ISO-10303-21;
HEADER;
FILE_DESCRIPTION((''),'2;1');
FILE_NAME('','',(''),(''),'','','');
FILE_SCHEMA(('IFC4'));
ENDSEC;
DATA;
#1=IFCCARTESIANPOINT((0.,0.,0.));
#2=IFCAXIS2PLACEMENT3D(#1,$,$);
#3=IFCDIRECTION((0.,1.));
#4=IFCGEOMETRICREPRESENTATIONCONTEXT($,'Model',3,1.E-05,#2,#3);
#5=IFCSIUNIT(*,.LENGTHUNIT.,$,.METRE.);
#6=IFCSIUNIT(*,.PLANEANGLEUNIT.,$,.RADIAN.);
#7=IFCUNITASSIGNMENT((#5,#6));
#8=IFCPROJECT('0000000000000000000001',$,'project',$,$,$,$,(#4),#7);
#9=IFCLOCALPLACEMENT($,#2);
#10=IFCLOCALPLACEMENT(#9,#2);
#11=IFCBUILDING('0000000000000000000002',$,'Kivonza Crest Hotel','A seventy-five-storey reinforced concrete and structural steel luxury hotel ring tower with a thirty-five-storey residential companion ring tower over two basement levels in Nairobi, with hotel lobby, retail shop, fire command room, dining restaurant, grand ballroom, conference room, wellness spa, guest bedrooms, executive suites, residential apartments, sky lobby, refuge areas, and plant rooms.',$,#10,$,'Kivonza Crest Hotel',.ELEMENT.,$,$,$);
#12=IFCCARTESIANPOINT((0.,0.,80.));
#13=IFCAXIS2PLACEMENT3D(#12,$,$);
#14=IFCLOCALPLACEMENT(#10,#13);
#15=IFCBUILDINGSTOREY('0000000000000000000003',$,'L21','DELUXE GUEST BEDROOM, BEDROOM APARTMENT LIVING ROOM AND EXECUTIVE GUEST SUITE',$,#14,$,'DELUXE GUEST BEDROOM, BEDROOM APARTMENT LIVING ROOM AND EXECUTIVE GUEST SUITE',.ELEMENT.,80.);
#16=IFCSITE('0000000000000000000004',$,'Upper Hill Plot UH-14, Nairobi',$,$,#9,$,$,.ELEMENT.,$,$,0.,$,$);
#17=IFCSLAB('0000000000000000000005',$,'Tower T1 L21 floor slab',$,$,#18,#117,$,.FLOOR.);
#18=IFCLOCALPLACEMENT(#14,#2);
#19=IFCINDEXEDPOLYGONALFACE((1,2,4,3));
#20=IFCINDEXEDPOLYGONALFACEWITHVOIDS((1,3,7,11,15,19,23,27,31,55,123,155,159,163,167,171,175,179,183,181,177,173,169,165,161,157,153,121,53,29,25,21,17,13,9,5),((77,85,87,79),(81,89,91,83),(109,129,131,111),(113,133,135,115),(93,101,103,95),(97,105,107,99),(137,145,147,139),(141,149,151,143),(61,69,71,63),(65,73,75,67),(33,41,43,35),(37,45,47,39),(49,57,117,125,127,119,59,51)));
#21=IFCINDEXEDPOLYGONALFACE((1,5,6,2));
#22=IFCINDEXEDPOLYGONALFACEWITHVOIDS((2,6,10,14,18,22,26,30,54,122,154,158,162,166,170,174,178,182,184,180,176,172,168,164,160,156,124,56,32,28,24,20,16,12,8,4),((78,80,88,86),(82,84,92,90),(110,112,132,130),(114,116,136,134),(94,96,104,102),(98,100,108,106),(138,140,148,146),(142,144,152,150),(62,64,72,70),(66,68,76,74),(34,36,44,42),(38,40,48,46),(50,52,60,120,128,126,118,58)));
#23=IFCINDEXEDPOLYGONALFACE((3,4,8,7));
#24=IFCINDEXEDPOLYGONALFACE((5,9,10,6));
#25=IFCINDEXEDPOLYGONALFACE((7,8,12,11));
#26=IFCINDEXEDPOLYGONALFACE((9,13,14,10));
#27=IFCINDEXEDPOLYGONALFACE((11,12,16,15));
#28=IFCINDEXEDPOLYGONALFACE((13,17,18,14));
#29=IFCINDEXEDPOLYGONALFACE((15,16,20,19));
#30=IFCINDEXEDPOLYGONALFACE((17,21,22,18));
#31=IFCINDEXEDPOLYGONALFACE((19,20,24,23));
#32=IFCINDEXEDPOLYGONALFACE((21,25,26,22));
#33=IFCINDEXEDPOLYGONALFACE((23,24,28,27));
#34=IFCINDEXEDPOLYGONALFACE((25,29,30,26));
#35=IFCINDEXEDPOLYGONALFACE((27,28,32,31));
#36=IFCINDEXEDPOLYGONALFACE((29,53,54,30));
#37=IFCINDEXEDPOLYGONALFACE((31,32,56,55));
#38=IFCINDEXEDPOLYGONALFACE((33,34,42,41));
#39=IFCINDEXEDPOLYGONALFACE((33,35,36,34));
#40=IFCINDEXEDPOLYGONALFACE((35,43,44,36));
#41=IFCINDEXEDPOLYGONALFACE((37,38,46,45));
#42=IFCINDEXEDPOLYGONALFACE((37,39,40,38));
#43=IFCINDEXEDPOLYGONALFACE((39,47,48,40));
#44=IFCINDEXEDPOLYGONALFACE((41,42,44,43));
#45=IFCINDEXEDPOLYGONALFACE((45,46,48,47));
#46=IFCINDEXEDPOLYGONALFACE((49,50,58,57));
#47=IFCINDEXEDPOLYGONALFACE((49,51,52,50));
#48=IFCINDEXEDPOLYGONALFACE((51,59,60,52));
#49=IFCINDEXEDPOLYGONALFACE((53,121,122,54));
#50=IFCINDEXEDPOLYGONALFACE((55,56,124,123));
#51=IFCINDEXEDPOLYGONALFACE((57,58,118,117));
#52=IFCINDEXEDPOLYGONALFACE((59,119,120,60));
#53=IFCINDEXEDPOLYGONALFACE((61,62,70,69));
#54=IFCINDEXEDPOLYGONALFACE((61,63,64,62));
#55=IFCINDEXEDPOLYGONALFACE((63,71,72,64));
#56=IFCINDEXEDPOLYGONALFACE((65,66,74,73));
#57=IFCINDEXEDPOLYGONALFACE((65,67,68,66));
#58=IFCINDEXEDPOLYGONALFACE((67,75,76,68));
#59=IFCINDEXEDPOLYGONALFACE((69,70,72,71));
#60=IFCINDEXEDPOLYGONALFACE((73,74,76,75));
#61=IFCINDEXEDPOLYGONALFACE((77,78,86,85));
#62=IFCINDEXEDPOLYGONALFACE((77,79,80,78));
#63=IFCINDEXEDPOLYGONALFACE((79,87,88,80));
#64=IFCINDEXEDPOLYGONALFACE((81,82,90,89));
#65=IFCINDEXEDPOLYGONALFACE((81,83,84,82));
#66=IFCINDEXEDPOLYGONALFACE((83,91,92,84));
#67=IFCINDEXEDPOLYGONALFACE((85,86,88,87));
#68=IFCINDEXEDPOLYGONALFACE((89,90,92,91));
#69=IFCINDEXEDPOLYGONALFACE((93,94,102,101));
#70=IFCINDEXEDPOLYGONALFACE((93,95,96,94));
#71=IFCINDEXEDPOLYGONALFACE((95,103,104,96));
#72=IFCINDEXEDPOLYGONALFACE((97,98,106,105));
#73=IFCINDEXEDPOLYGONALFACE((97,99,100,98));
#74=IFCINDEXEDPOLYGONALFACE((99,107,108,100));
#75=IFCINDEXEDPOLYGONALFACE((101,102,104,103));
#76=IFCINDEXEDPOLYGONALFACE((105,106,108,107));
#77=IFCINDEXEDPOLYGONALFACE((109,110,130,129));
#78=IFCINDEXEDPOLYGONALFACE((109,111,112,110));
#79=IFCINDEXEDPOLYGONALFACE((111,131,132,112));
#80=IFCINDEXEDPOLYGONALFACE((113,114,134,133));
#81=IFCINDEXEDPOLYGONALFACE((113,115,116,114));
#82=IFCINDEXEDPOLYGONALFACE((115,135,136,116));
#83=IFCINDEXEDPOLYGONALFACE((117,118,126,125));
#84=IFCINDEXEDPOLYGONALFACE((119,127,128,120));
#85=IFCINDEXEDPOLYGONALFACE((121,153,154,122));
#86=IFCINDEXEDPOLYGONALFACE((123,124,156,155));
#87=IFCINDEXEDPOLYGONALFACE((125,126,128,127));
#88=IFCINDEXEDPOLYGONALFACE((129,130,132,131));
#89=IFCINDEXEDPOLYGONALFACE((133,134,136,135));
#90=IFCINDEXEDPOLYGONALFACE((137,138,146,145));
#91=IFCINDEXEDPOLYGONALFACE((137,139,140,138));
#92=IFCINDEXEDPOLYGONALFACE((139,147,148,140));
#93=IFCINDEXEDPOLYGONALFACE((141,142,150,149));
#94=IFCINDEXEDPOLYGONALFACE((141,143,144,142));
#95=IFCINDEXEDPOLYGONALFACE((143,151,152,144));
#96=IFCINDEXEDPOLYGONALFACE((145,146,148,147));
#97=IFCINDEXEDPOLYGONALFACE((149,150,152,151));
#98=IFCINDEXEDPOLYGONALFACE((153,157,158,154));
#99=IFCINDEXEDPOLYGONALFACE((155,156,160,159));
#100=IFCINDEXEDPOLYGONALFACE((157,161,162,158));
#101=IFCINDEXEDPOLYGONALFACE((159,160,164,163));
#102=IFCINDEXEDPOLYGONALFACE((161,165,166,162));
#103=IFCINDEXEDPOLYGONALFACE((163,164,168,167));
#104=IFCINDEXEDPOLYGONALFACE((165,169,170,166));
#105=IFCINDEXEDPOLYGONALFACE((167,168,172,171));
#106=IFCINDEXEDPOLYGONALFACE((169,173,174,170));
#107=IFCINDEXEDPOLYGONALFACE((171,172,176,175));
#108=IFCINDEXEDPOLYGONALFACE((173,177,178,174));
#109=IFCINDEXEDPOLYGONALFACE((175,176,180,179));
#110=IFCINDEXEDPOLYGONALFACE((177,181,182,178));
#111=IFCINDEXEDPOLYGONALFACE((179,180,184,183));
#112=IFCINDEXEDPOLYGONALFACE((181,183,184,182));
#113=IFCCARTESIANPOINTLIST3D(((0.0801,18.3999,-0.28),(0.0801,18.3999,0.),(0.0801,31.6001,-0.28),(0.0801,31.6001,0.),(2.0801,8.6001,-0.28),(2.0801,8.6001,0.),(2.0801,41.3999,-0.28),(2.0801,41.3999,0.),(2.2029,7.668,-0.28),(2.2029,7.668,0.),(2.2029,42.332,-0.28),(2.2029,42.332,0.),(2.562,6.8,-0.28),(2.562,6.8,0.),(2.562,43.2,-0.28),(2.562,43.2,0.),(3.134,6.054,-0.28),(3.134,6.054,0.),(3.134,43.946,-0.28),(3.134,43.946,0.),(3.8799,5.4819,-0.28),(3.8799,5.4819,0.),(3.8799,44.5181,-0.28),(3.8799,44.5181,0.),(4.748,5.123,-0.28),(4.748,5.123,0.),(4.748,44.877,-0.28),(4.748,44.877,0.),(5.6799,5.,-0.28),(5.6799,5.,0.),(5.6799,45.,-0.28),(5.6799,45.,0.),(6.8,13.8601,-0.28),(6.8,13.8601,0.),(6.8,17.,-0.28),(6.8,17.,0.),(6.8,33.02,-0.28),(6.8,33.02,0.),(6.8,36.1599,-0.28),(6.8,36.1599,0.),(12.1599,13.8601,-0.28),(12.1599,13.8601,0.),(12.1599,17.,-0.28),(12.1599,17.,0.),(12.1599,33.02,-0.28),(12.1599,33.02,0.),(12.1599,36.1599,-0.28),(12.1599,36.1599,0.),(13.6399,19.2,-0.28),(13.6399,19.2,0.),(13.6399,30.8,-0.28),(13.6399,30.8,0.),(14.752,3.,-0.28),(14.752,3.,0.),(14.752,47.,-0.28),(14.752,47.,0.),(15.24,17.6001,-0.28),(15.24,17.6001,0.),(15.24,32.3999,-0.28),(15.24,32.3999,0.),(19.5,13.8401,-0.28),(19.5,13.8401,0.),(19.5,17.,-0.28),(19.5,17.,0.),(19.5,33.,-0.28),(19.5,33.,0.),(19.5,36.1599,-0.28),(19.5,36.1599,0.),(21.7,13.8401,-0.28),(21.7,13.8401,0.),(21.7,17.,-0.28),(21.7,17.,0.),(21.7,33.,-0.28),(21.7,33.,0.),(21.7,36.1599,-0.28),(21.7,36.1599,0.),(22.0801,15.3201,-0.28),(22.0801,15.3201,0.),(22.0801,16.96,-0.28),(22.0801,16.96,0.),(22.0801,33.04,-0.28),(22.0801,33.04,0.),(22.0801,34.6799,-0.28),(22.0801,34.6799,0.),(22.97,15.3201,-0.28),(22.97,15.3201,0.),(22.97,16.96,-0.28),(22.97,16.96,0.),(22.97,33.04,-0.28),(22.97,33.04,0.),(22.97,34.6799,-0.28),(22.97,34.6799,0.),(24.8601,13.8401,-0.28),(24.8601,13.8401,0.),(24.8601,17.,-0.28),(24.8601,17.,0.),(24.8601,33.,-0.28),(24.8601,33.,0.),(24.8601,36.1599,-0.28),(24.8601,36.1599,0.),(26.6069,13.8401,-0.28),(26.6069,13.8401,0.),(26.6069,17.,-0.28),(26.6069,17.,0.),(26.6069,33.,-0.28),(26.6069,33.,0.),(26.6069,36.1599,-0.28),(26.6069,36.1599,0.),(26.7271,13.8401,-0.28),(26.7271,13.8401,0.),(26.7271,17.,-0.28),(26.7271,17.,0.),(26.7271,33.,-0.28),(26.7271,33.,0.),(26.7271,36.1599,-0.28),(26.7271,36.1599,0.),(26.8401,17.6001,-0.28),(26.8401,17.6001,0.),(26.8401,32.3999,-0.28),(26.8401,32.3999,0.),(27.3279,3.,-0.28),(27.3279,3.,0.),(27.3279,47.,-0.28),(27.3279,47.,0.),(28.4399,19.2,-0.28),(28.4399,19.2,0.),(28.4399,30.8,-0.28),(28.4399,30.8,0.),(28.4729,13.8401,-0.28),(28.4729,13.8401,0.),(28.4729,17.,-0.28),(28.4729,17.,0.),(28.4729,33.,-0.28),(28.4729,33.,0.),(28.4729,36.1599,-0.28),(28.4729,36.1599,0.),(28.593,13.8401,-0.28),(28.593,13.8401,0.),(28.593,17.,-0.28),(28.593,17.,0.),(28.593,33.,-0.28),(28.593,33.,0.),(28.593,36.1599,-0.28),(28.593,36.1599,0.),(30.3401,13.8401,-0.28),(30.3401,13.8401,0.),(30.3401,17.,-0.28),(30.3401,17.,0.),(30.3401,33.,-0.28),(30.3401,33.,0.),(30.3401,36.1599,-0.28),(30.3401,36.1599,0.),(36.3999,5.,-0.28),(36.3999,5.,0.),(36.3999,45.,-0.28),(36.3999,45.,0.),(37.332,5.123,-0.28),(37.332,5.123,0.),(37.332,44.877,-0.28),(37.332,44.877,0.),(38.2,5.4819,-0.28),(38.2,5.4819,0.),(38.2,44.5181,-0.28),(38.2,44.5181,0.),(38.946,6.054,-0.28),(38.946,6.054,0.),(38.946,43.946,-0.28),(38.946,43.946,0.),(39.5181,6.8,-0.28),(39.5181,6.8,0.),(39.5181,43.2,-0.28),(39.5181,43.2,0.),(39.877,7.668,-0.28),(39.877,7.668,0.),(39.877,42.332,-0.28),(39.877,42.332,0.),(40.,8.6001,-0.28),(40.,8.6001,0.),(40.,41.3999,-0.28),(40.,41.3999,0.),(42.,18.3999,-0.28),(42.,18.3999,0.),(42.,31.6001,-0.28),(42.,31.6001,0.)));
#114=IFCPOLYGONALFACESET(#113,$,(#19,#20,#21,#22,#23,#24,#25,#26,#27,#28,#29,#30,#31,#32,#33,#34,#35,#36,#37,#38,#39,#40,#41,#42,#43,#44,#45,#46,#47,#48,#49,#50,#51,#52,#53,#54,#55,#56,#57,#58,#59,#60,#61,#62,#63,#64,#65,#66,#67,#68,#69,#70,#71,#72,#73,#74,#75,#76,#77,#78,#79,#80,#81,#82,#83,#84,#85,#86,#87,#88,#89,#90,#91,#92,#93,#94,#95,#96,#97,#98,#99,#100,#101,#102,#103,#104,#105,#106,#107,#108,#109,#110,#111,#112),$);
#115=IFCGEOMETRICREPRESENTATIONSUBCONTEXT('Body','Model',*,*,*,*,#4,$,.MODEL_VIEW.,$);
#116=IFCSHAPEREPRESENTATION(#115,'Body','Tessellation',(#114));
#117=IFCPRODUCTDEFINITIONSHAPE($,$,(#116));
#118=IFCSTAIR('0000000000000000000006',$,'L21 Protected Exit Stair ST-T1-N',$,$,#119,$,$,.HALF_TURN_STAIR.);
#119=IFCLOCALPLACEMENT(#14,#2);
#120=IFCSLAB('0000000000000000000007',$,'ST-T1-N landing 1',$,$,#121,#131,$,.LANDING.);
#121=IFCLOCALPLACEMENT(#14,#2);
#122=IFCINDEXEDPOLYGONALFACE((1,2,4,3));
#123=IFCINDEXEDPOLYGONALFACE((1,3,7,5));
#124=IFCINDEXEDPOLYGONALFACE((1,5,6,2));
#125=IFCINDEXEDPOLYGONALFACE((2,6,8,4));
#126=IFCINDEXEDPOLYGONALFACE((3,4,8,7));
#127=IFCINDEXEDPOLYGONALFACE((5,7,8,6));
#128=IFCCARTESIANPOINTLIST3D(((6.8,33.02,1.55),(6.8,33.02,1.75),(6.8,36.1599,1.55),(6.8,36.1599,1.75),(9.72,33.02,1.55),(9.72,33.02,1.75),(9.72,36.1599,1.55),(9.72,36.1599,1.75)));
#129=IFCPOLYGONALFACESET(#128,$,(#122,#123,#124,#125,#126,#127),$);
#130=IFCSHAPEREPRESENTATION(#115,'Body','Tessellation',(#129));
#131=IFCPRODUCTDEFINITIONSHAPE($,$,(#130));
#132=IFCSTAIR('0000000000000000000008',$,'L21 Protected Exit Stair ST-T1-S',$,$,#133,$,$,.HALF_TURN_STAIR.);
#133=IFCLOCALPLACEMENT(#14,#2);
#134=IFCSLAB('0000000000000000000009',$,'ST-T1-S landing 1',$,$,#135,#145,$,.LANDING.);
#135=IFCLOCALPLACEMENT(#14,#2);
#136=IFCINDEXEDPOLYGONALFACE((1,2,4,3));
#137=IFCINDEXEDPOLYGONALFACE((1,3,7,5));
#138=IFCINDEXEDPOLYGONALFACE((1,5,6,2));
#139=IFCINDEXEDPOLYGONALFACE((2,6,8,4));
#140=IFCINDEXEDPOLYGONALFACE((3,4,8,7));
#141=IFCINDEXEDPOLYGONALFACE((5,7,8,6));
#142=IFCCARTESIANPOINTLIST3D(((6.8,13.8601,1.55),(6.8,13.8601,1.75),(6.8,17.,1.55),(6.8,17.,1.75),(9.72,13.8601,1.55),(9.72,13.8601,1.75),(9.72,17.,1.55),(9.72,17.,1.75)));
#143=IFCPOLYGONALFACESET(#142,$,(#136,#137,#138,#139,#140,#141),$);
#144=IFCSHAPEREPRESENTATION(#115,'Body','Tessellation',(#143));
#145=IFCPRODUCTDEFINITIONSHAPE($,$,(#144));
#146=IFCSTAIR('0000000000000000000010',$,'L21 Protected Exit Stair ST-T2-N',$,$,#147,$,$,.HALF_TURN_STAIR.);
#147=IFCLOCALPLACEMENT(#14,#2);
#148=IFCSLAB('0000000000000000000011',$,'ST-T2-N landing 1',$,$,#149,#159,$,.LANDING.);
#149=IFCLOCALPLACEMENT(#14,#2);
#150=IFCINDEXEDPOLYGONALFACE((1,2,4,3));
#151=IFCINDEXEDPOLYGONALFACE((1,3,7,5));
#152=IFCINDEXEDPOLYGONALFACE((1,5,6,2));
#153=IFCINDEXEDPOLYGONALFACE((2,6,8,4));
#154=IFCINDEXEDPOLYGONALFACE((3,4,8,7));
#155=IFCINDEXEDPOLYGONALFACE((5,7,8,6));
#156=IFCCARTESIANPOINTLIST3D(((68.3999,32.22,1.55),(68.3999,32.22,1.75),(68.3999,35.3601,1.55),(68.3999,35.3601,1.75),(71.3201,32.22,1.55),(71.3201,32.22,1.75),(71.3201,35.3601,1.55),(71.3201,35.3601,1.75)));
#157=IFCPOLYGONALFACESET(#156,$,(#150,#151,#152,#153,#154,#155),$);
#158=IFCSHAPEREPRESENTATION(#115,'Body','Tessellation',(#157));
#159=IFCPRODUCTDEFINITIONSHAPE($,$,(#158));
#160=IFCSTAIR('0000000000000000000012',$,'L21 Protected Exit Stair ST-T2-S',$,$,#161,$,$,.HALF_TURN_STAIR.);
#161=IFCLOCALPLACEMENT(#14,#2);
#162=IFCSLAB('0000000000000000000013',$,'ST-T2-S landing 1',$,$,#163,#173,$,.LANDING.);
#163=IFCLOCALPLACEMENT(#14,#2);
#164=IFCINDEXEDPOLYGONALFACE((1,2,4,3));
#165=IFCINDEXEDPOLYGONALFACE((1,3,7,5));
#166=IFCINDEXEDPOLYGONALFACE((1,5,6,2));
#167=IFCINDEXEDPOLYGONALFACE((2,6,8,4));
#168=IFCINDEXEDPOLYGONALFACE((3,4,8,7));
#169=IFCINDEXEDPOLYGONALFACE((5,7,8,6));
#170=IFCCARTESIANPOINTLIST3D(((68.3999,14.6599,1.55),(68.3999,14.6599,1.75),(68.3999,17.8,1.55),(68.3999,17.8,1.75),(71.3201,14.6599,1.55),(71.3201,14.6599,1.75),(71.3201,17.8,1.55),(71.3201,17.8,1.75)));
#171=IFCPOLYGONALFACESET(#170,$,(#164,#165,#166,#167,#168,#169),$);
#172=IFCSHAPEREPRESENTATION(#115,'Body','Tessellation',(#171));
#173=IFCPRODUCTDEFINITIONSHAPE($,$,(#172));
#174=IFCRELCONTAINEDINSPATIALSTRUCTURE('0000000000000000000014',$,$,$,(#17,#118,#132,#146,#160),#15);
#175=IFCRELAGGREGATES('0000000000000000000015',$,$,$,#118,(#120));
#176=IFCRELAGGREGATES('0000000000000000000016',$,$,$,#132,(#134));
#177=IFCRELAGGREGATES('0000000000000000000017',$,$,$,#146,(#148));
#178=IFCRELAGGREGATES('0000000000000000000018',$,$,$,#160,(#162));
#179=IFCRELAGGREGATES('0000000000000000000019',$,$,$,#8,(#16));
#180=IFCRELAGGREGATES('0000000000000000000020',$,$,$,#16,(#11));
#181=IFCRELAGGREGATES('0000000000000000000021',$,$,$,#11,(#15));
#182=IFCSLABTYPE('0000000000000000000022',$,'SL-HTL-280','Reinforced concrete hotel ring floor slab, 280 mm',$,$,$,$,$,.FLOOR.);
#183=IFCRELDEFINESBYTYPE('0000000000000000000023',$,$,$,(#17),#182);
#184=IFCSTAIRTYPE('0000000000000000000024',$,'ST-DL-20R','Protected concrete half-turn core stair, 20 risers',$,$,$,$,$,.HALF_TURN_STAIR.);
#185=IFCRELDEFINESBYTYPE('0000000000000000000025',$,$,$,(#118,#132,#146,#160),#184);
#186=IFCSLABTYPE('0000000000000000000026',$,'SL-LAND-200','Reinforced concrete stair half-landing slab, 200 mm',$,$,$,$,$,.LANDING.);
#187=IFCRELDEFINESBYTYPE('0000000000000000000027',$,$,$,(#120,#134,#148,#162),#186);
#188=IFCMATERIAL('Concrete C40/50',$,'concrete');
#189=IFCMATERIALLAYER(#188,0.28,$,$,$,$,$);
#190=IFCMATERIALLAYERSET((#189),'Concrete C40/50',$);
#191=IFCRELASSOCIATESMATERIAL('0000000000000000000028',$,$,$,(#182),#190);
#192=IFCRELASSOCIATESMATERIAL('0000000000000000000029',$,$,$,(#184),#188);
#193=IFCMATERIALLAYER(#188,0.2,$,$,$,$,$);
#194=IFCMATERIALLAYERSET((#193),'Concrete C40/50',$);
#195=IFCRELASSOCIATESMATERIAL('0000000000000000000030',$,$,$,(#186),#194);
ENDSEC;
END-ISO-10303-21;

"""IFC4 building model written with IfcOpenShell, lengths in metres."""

from ifc_helpers import new_model, si_unit, direction, frame, origin, place, context, subcontext, project, spatial, polyline, outline, extrude, material, layer, layer_set, type_object, element, aggregate, save


model = new_model("IFC4")

# Units and contexts
model_context = context("Model", 3, precision=1e-05, world=origin(), true_north=direction((0.0, 1.0)))
body_context = subcontext(model_context, "Body", "Model", "MODEL_VIEW")
ifc_project = project(units=[si_unit("LENGTHUNIT", "METRE"), si_unit("PLANEANGLEUNIT", "RADIAN")], contexts=[model_context])

# Site, building, storey
site_placement = place(None, origin())
site = spatial("IfcSite", under=ifc_project, at=site_placement, Name="Upper Hill Plot UH-14, Nairobi", CompositionType="ELEMENT", RefElevation=0.0)
building_placement = place(site_placement, origin())
building = spatial("IfcBuilding", under=site, at=building_placement, Name="Kivonza Crest Hotel", Description="A seventy-five-storey reinforced concrete and structural steel luxury hotel ring tower with a thirty-five-storey residential companion ring tower over two basement levels in Nairobi, with hotel lobby, retail shop, fire command room, dining restaurant, grand ballroom, conference room, wellness spa, guest bedrooms, executive suites, residential apartments, sky lobby, refuge areas, and plant rooms.", LongName="Kivonza Crest Hotel", CompositionType="ELEMENT")
storey_placement = place(building_placement, frame((0.0, 0.0, 80.0)))
storey = spatial("IfcBuildingStorey", under=building, at=storey_placement, Name="L21", Description="DELUXE GUEST BEDROOM, BEDROOM APARTMENT LIVING ROOM AND EXECUTIVE GUEST SUITE", LongName="DELUXE GUEST BEDROOM, BEDROOM APARTMENT LIVING ROOM AND EXECUTIVE GUEST SUITE", CompositionType="ELEMENT", Elevation=80.0)

# Slab
ifc_material_1 = material(Name="Concrete C40/50", Category="concrete")
ifc_layer_1 = layer(ifc_material_1, 0.28)
ifc_layer_set_1 = layer_set([ifc_layer_1], Name="Concrete C40/50")
slab_type_1 = type_object("IfcSlabType", Name="SL-HTL-280", Description="Reinforced concrete hotel ring floor slab, 280 mm", PredefinedType="FLOOR", material=ifc_layer_set_1)
slab_1_placement = place(storey_placement, frame((0.0, 0.0, -0.28)))
element("IfcSlab", 1, at=slab_1_placement, inside=storey, type_object=slab_type_1, Name="Tower T1 L21 floor slab", PredefinedType="FLOOR", context=body_context, shape_type="SweptSolid", body=[
    extrude(outline(polyline([(2.0801, 8.6001), (2.2029, 7.668), (2.562, 6.8), (3.134, 6.054), (3.8799, 5.4819), (4.748, 5.123), (5.6799, 5.0), (14.752, 3.0), (27.3279, 3.0), (36.3999, 5.0), (37.332, 5.123), (38.2, 5.4819), (38.946, 6.054), (39.5181, 6.8), (39.877, 7.668), (40.0, 8.6001), (42.0, 18.3999), (42.0, 31.6001), (40.0, 41.3999), (39.877, 42.332), (39.5181, 43.2), (38.946, 43.946), (38.2, 44.5181), (37.332, 44.877), (36.3999, 45.0), (27.3279, 47.0), (14.752, 47.0), (5.6799, 45.0), (4.748, 44.877), (3.8799, 44.5181), (3.134, 43.946), (2.562, 43.2), (2.2029, 42.332), (2.0801, 41.3999), (0.0801, 31.6001), (0.0801, 18.3999), (2.0801, 8.6001)]), holes=[polyline([(15.24, 17.6001), (26.8401, 17.6001), (28.4399, 19.2), (28.4399, 30.8), (26.8401, 32.3999), (15.24, 32.3999), (13.6399, 30.8), (13.6399, 19.2), (15.24, 17.6001)]), polyline([(6.8, 33.02), (12.1599, 33.02), (12.1599, 36.1599), (6.8, 36.1599), (6.8, 33.02)]), polyline([(6.8, 13.8601), (12.1599, 13.8601), (12.1599, 17.0), (6.8, 17.0), (6.8, 13.8601)]), polyline([(22.0801, 33.04), (22.97, 33.04), (22.97, 34.6799), (22.0801, 34.6799), (22.0801, 33.04)]), polyline([(22.0801, 15.3201), (22.97, 15.3201), (22.97, 16.96), (22.0801, 16.96), (22.0801, 15.3201)]), polyline([(19.5, 33.0), (21.7, 33.0), (21.7, 36.1599), (19.5, 36.1599), (19.5, 33.0)]), polyline([(24.8601, 33.0), (26.6069, 33.0), (26.6069, 36.1599), (24.8601, 36.1599), (24.8601, 33.0)]), polyline([(26.7271, 33.0), (28.4729, 33.0), (28.4729, 36.1599), (26.7271, 36.1599), (26.7271, 33.0)]), polyline([(28.593, 33.0), (30.3401, 33.0), (30.3401, 36.1599), (28.593, 36.1599), (28.593, 33.0)]), polyline([(19.5, 13.8401), (21.7, 13.8401), (21.7, 17.0), (19.5, 17.0), (19.5, 13.8401)]), polyline([(24.8601, 13.8401), (26.6069, 13.8401), (26.6069, 17.0), (24.8601, 17.0), (24.8601, 13.8401)]), polyline([(26.7271, 13.8401), (28.4729, 13.8401), (28.4729, 17.0), (26.7271, 17.0), (26.7271, 13.8401)]), polyline([(28.593, 13.8401), (30.3401, 13.8401), (30.3401, 17.0), (28.593, 17.0), (28.593, 13.8401)])]), origin(), (0.0, 0.0, 1.0), 0.28),
])

# Stairs, slabs
stair_type = type_object("IfcStairType", Name="ST-DL-20R", Description="Protected concrete half-turn core stair, 20 risers", PredefinedType="HALF_TURN_STAIR", material=ifc_material_1)
stair_1_placement = place(storey_placement, origin())
stair_1 = element("IfcStair", 2, at=stair_1_placement, inside=storey, type_object=stair_type, Name="L21 Protected Exit Stair ST-T1-N", PredefinedType="HALF_TURN_STAIR")
ifc_layer_2 = layer(ifc_material_1, 0.2)
ifc_layer_set_2 = layer_set([ifc_layer_2], Name="Concrete C40/50")
slab_type_2 = type_object("IfcSlabType", Name="SL-LAND-200", Description="Reinforced concrete stair half-landing slab, 200 mm", PredefinedType="LANDING", material=ifc_layer_set_2)
slab_2_placement = place(storey_placement, frame((0.0, 0.0, 1.55)))
slab_2 = element("IfcSlab", 3, at=slab_2_placement, type_object=slab_type_2, Name="ST-T1-N landing 1", PredefinedType="LANDING", context=body_context, shape_type="SweptSolid", body=[
    extrude(outline(polyline([(9.72, 36.1599), (6.8, 36.1599), (6.8, 33.02), (9.72, 33.02), (9.72, 36.1599)])), origin(), (0.0, 0.0, 1.0), 0.2),
])
aggregate(stair_1, [slab_2])
stair_2_placement = place(storey_placement, origin())
stair_2 = element("IfcStair", 4, at=stair_2_placement, inside=storey, type_object=stair_type, Name="L21 Protected Exit Stair ST-T1-S", PredefinedType="HALF_TURN_STAIR")
slab_3_placement = place(storey_placement, frame((0.0, 0.0, 1.55)))
slab_3 = element("IfcSlab", 5, at=slab_3_placement, type_object=slab_type_2, Name="ST-T1-S landing 1", PredefinedType="LANDING", context=body_context, shape_type="SweptSolid", body=[
    extrude(outline(polyline([(9.72, 17.0), (6.8, 17.0), (6.8, 13.8601), (9.72, 13.8601), (9.72, 17.0)])), origin(), (0.0, 0.0, 1.0), 0.2),
])
aggregate(stair_2, [slab_3])
stair_3_placement = place(storey_placement, origin())
stair_3 = element("IfcStair", 6, at=stair_3_placement, inside=storey, type_object=stair_type, Name="L21 Protected Exit Stair ST-T2-N", PredefinedType="HALF_TURN_STAIR")
slab_4_placement = place(storey_placement, frame((0.0, 0.0, 1.55)))
slab_4 = element("IfcSlab", 7, at=slab_4_placement, type_object=slab_type_2, Name="ST-T2-N landing 1", PredefinedType="LANDING", context=body_context, shape_type="SweptSolid", body=[
    extrude(outline(polyline([(71.3201, 35.3601), (68.3999, 35.3601), (68.3999, 32.22), (71.3201, 32.22), (71.3201, 35.3601)])), origin(), (0.0, 0.0, 1.0), 0.2),
])
aggregate(stair_3, [slab_4])
stair_4_placement = place(storey_placement, origin())
stair_4 = element("IfcStair", 8, at=stair_4_placement, inside=storey, type_object=stair_type, Name="L21 Protected Exit Stair ST-T2-S", PredefinedType="HALF_TURN_STAIR")
slab_5_placement = place(storey_placement, frame((0.0, 0.0, 1.55)))
slab_5 = element("IfcSlab", 9, at=slab_5_placement, type_object=slab_type_2, Name="ST-T2-S landing 1", PredefinedType="LANDING", context=body_context, shape_type="SweptSolid", body=[
    extrude(outline(polyline([(71.3201, 17.8), (68.3999, 17.8), (68.3999, 14.6599), (71.3201, 14.6599), (71.3201, 17.8)])), origin(), (0.0, 0.0, 1.0), 0.2),
])
aggregate(stair_4, [slab_5])

save(model, "model.ifc")
